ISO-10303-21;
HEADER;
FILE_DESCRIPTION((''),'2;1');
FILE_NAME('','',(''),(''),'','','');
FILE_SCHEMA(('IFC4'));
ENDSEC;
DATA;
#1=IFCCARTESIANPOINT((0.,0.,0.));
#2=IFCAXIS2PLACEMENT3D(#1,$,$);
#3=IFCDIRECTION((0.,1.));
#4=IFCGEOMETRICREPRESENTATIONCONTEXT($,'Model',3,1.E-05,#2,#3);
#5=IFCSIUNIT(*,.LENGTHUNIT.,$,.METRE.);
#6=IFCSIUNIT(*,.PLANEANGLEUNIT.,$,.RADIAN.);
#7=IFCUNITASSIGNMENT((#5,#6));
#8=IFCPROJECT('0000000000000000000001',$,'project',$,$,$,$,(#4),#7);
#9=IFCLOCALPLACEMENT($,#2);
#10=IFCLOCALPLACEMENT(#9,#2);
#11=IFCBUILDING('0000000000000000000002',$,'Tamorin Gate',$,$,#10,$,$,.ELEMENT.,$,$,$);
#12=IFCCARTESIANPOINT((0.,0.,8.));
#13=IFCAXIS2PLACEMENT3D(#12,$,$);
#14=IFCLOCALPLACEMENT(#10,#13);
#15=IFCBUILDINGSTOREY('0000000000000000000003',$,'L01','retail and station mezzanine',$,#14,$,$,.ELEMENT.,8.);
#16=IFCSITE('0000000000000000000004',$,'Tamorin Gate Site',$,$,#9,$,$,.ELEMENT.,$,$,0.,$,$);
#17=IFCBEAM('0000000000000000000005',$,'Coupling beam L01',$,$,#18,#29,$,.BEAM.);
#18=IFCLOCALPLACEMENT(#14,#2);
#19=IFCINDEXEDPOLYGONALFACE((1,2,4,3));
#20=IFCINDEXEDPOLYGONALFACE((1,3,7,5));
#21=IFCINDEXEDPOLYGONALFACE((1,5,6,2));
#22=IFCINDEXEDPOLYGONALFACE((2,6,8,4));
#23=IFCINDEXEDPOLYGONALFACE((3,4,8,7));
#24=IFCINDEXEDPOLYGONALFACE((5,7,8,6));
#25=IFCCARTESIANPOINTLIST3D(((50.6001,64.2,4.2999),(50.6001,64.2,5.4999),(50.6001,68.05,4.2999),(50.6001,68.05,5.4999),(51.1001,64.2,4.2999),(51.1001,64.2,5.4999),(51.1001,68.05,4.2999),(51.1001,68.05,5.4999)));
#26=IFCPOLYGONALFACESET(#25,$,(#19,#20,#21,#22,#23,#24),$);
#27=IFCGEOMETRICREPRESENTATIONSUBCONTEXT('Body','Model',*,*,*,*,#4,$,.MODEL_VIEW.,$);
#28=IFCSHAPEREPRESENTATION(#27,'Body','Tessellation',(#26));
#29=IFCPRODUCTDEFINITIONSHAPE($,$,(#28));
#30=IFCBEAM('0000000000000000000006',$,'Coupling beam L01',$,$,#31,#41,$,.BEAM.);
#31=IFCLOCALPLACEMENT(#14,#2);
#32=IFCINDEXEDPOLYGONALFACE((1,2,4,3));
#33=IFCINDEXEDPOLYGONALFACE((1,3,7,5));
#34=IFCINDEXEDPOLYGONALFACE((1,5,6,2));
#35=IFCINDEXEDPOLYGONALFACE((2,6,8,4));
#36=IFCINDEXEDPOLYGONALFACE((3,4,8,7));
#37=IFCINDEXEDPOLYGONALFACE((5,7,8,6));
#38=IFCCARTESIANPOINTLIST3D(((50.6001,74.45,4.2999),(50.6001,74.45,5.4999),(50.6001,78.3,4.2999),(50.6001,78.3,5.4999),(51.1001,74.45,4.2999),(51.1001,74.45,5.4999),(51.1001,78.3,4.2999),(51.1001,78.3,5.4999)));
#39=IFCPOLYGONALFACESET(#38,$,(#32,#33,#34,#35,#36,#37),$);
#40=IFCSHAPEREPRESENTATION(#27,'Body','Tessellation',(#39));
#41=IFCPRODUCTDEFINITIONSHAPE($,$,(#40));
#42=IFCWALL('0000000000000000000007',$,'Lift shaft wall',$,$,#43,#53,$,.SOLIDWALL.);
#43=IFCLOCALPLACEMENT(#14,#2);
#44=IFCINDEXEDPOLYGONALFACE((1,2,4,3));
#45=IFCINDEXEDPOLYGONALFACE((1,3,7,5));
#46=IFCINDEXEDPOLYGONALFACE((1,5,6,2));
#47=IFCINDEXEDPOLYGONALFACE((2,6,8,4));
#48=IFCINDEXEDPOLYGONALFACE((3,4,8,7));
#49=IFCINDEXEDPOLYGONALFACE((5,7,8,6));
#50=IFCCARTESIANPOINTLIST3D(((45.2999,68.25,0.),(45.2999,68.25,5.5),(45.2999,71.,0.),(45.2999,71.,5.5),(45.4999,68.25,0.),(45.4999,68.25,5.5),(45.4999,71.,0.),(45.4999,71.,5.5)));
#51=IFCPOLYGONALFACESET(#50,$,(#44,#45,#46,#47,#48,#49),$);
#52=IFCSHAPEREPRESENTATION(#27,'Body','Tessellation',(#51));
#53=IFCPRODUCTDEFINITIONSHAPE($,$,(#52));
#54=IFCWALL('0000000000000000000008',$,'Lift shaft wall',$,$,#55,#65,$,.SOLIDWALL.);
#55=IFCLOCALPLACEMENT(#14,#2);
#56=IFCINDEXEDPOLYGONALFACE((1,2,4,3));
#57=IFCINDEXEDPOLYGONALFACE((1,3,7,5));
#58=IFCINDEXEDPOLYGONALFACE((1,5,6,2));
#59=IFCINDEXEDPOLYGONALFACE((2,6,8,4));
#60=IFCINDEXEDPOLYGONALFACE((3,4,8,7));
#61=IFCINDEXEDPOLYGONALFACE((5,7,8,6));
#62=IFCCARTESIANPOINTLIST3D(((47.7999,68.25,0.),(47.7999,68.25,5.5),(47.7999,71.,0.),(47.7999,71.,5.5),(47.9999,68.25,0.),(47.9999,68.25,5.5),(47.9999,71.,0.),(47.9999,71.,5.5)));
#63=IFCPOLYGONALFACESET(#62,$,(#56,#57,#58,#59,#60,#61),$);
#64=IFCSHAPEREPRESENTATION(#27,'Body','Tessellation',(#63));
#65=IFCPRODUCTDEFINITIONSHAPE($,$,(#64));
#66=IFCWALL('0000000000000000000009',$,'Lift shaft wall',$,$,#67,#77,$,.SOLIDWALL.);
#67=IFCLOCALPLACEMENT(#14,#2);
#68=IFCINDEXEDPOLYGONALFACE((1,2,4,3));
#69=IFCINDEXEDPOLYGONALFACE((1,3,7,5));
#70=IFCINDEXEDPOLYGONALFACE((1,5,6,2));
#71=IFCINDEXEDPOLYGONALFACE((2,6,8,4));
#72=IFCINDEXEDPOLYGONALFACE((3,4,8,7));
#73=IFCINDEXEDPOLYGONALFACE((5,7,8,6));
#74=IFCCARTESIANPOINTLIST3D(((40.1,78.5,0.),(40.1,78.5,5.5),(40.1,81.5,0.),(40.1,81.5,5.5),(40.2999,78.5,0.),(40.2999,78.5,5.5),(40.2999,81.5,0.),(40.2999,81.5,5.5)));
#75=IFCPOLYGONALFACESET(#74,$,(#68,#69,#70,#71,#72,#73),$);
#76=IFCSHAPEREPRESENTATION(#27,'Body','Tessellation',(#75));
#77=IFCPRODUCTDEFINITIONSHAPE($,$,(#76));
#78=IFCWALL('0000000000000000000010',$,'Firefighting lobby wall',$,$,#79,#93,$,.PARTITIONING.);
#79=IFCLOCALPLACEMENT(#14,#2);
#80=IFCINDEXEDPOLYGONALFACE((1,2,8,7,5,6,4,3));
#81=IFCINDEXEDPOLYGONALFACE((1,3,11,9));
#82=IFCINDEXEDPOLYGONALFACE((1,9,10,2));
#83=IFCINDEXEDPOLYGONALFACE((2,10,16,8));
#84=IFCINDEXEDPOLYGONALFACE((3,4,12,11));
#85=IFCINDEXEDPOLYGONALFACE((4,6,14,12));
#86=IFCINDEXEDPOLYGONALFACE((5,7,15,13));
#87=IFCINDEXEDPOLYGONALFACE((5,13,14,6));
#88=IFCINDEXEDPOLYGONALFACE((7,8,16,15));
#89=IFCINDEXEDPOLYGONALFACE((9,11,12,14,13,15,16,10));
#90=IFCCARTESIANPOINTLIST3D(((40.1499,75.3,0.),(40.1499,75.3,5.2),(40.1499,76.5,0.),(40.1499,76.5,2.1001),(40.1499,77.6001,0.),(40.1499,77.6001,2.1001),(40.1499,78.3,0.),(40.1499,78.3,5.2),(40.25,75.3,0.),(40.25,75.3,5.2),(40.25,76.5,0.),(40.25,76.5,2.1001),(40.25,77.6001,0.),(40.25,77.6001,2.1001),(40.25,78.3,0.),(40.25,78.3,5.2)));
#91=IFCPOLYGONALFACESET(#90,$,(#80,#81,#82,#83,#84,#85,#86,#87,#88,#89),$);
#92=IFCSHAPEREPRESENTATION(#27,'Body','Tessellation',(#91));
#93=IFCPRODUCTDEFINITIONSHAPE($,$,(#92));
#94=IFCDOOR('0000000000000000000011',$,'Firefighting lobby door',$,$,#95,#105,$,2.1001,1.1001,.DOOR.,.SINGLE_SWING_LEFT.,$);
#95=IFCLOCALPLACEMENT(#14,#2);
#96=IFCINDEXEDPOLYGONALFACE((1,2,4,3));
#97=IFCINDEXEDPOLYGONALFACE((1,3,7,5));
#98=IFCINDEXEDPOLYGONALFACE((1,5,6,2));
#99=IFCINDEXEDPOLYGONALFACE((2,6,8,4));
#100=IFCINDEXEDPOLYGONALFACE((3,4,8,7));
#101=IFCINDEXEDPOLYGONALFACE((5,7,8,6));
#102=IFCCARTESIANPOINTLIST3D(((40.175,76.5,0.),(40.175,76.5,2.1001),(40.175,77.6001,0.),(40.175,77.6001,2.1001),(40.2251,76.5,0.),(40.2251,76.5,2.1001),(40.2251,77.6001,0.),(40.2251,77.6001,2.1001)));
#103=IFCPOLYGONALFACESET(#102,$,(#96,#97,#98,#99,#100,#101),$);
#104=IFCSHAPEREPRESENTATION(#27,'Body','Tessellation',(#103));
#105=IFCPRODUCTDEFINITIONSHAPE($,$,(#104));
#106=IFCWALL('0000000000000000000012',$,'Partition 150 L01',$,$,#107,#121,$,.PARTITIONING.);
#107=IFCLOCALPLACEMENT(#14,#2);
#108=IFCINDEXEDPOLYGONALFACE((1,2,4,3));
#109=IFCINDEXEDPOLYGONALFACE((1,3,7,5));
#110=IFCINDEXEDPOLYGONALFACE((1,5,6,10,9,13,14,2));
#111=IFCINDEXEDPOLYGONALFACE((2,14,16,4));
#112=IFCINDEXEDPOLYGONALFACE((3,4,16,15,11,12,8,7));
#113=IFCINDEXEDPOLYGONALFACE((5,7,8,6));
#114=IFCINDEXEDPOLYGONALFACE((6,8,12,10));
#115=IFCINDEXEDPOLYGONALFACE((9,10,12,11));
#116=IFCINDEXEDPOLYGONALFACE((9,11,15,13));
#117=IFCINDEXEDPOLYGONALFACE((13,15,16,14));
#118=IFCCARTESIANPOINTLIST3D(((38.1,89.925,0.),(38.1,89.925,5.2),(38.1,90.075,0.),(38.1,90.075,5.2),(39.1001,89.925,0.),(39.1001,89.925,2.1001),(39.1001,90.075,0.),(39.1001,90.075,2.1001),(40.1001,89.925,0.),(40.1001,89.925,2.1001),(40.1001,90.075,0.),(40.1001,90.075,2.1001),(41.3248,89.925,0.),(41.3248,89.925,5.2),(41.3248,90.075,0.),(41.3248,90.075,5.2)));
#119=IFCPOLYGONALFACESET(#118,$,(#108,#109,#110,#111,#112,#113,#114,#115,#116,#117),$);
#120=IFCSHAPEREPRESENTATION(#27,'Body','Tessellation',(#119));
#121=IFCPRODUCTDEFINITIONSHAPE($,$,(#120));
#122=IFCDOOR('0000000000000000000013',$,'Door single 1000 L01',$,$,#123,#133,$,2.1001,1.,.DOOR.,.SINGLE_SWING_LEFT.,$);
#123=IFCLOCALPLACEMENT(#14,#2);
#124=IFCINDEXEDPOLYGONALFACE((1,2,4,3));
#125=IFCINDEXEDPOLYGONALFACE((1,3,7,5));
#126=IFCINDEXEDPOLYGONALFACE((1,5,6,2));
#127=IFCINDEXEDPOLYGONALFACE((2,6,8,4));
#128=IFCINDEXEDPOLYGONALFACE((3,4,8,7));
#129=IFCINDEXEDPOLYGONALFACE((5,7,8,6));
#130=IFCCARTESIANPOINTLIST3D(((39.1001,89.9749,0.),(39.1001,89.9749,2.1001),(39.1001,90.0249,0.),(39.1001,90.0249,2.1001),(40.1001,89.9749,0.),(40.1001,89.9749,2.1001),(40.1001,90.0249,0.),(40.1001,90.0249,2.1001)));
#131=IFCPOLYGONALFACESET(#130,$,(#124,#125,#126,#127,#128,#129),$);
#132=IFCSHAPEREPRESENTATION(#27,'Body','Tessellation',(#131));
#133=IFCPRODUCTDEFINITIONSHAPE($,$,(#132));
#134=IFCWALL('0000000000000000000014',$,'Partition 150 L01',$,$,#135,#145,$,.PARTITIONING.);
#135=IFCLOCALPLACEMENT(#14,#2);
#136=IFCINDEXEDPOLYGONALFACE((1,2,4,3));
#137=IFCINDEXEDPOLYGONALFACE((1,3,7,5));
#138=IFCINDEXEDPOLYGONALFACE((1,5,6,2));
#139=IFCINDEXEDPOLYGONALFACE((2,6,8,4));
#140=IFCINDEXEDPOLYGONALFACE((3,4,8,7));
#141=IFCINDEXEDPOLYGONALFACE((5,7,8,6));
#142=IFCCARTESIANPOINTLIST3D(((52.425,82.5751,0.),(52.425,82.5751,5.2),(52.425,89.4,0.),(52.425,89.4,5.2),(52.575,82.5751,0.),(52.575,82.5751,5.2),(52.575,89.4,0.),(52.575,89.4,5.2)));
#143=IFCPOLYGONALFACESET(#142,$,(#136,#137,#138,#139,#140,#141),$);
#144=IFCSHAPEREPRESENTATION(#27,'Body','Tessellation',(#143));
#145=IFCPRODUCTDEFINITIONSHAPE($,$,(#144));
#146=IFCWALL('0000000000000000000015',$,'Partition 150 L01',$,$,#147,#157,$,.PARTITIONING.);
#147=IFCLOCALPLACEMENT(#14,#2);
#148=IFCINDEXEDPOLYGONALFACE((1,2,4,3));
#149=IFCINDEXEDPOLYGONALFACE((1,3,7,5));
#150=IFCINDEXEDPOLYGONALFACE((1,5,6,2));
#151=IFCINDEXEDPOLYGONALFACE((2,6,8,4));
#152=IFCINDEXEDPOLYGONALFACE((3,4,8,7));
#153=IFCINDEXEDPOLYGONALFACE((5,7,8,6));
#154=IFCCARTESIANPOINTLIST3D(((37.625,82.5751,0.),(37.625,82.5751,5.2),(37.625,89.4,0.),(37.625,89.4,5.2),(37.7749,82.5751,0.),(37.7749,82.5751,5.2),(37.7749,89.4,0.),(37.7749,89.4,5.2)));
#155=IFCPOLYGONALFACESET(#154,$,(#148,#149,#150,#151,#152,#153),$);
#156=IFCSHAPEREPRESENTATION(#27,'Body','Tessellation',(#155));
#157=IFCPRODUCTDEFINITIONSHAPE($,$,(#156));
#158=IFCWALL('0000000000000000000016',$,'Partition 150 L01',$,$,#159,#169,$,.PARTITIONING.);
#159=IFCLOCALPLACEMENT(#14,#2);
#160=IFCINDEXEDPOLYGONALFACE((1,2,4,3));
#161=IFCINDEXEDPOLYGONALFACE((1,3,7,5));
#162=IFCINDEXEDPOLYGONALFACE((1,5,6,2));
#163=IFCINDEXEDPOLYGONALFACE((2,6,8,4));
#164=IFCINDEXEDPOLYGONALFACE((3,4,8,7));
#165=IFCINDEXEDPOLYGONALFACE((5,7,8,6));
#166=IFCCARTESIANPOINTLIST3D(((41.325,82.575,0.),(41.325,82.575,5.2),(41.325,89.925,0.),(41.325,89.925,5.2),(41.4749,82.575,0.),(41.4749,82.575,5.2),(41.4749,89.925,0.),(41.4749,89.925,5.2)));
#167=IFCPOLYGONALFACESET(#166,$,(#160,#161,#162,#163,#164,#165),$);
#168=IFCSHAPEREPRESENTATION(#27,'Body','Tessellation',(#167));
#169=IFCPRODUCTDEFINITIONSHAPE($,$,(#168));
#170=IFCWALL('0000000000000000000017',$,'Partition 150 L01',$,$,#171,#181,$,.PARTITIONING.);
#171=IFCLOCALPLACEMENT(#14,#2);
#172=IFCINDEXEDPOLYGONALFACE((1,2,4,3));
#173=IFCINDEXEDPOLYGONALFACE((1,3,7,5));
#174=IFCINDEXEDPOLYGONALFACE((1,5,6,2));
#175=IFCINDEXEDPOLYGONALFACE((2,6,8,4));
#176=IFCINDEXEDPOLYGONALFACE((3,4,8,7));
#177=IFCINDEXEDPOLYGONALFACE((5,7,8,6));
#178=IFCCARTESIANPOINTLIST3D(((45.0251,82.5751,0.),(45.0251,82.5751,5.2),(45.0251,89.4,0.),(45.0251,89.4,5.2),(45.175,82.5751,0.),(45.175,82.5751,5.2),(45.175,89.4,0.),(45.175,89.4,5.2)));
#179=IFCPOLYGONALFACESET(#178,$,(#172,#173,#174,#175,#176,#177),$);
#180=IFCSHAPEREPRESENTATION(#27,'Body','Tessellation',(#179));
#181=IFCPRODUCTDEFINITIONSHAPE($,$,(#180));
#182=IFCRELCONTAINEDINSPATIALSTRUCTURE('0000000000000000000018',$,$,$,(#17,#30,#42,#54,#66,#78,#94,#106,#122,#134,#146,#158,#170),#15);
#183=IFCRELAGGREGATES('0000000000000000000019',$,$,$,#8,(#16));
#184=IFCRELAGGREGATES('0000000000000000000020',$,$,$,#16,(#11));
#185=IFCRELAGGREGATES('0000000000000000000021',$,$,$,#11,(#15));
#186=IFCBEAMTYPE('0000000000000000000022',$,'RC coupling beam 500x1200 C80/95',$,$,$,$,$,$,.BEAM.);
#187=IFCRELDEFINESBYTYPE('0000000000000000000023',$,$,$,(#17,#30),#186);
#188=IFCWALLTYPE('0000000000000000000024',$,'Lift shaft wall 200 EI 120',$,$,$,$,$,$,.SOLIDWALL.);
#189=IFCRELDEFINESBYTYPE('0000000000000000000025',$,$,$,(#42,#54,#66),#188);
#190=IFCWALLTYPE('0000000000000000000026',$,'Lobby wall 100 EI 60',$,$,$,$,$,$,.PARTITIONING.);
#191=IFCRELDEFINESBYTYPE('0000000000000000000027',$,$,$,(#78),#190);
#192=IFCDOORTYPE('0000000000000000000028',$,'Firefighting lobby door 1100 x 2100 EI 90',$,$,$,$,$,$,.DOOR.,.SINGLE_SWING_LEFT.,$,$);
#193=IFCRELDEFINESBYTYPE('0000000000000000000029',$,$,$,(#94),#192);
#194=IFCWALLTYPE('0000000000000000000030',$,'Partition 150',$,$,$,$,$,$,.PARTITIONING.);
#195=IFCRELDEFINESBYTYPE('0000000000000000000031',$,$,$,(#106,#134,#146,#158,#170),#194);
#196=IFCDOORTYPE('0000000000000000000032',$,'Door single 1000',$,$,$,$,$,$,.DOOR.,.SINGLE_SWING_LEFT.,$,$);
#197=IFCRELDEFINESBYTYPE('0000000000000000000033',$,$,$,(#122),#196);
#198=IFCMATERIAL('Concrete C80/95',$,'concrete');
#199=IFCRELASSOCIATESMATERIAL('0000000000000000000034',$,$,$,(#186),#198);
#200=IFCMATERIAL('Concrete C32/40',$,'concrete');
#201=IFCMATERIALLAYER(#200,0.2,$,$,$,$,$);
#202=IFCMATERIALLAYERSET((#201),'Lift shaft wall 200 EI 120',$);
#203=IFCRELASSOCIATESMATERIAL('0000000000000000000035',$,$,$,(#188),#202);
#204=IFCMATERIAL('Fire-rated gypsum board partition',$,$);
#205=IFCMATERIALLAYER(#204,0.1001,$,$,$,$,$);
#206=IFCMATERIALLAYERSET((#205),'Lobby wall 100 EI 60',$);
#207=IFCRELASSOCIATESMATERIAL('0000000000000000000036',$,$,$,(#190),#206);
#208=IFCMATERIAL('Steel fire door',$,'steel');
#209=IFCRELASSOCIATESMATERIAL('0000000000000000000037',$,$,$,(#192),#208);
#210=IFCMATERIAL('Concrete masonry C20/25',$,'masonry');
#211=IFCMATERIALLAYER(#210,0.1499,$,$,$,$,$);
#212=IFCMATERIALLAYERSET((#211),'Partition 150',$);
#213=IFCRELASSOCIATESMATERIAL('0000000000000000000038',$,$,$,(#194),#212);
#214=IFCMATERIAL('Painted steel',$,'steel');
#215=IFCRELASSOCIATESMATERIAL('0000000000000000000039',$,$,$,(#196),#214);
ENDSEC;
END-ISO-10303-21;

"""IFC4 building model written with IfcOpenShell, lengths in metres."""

from ifc_helpers import new_model, si_unit, direction, frame, frame_2d, origin, origin_2d, place, context, subcontext, project, spatial, rectangle, extrude, material, layer, layer_set, material_profile, profile_set, type_object, element, fill, save


model = new_model("IFC4")

# Units and contexts
model_context = context("Model", 3, precision=1e-05, world=origin(), true_north=direction((0.0, 1.0)))
body_context = subcontext(model_context, "Body", "Model", "MODEL_VIEW")
ifc_project = project(units=[si_unit("LENGTHUNIT", "METRE"), si_unit("PLANEANGLEUNIT", "RADIAN")], contexts=[model_context])

# Site, building, storey
site_placement = place(None, origin())
site = spatial("IfcSite", under=ifc_project, at=site_placement, Name="Tamorin Gate Site", CompositionType="ELEMENT", RefElevation=0.0)
building_placement = place(site_placement, origin())
building = spatial("IfcBuilding", under=site, at=building_placement, Name="Tamorin Gate", CompositionType="ELEMENT")
storey_placement = place(building_placement, frame((0.0, 0.0, 8.0)))
storey = spatial("IfcBuildingStorey", under=building, at=storey_placement, Name="L01", Description="retail and station mezzanine", CompositionType="ELEMENT", Elevation=8.0)

# Beams
ifc_material_1 = material(Name="Concrete C80/95", Category="concrete")
ifc_material_profile = material_profile(ifc_material_1, rectangle(XDim=0.5, YDim=1.2, at=origin_2d()), Name="RC 500x1200")
ifc_profile_set = profile_set([ifc_material_profile], Name="Concrete C80/95")
beam_type = type_object("IfcBeamType", Name="RC coupling beam 500x1200 C80/95", PredefinedType="BEAM", material=ifc_profile_set)
for number, where, z_axis, x_axis, name in (
    (1, (50.8501, 64.2, 4.8999), (0.0, 1.0, 0.0), (-1.0, 0.0, 0.0), "Coupling beam L01"),
    (2, (50.8501, 74.45, 4.8999), (0.0, 1.0, 0.0), (-1.0, 0.0, 0.0), "Coupling beam L01"),
):
    element("IfcBeam", number, at=place(storey_placement, frame(where, z_axis=z_axis, x_axis=x_axis)), inside=storey, type_object=beam_type, Name=name, PredefinedType="BEAM", context=body_context, shape_type="SweptSolid", body=[
        extrude(rectangle(XDim=0.5, YDim=1.2, at=origin_2d()), origin(), (0.0, 0.0, 1.0), 3.8501),
    ])

# Walls
ifc_material_2 = material(Name="Concrete C32/40", Category="concrete")
ifc_layer_1 = layer(ifc_material_2, 0.2)
ifc_layer_set_1 = layer_set([ifc_layer_1], Name="Lift shaft wall 200 EI 120")
wall_type_1 = type_object("IfcWallType", Name="Lift shaft wall 200 EI 120", PredefinedType="SOLIDWALL", material=ifc_layer_set_1)
for number, where, z_axis, x_axis, name in (
    (3, (45.3999, 68.25, 0.0), (0.0, 0.0, 1.0), (0.0, 1.0, 0.0), "Lift shaft wall"),
    (4, (47.8999, 68.25, 0.0), (0.0, 0.0, 1.0), (0.0, 1.0, 0.0), "Lift shaft wall"),
):
    element("IfcWall", number, at=place(storey_placement, frame(where, z_axis=z_axis, x_axis=x_axis)), inside=storey, type_object=wall_type_1, Name=name, PredefinedType="SOLIDWALL", context=body_context, shape_type="SweptSolid", body=[
        extrude(rectangle(XDim=2.75, YDim=0.2, at=frame_2d((1.375, 0.0))), origin(), (0.0, 0.0, 1.0), 5.5),
    ])
wall_1_placement = place(storey_placement, frame((40.2, 78.5, 0.0), z_axis=(0.0, 0.0, 1.0), x_axis=(0.0, 1.0, 0.0)))
element("IfcWall", 5, at=wall_1_placement, inside=storey, type_object=wall_type_1, Name="Lift shaft wall", PredefinedType="SOLIDWALL", context=body_context, shape_type="SweptSolid", body=[
    extrude(rectangle(XDim=3.0, YDim=0.2, at=frame_2d((1.5, 0.0))), origin(), (0.0, 0.0, 1.0), 5.5),
])

# Walls, openings, doors
ifc_material_3 = material(Name="Fire-rated gypsum board partition")
ifc_layer_2 = layer(ifc_material_3, 0.1001)
ifc_layer_set_2 = layer_set([ifc_layer_2], Name="Lobby wall 100 EI 60")
wall_type_2 = type_object("IfcWallType", Name="Lobby wall 100 EI 60", PredefinedType="PARTITIONING", material=ifc_layer_set_2)
wall_2_placement = place(storey_placement, frame((40.2, 75.3, 0.0), z_axis=(0.0, 0.0, 1.0), x_axis=(0.0, 1.0, 0.0)))
wall_2 = element("IfcWall", 6, at=wall_2_placement, inside=storey, type_object=wall_type_2, Name="Firefighting lobby wall", PredefinedType="PARTITIONING", context=body_context, shape_type="SweptSolid", body=[
    extrude(rectangle(XDim=3.0, YDim=0.1001, at=frame_2d((1.5, 0.0))), origin(), (0.0, 0.0, 1.0), 5.2),
])
opening_1_placement = place(wall_2_placement, frame((1.2, 0.0, 0.0)))
opening_1 = element("IfcOpeningElement", 7, at=opening_1_placement, cuts=wall_2, PredefinedType="OPENING", context=body_context, shape_type="SweptSolid", body=[
    extrude(rectangle(XDim=1.1001, YDim=2.1001, at=frame_2d((0.55, 1.05))), frame((0.0, 0.0601, 0.0), z_axis=(0.0, -1.0, 0.0), x_axis=(1.0, 0.0, 0.0)), (0.0, 0.0, 1.0), 0.1201),
])
ifc_material_4 = material(Name="Steel fire door", Category="steel")
door_type_1 = type_object("IfcDoorType", Name="Firefighting lobby door 1100 x 2100 EI 90", OperationType="SINGLE_SWING_LEFT", PredefinedType="DOOR", material=ifc_material_4)
door_1_placement = place(opening_1_placement, origin())
door_1 = element("IfcDoor", 8, at=door_1_placement, inside=storey, type_object=door_type_1, Name="Firefighting lobby door", OperationType="SINGLE_SWING_LEFT", OverallHeight=2.1001, OverallWidth=1.1001, PredefinedType="DOOR", context=body_context, shape_type="SweptSolid", body=[
    extrude(rectangle(XDim=1.1001, YDim=2.1001, at=frame_2d((0.55, 1.05))), frame((0.0, 0.0249, 0.0), z_axis=(0.0, -1.0, 0.0), x_axis=(1.0, 0.0, 0.0)), (0.0, 0.0, 1.0), 0.05),
])
fill(opening_1, door_1)
ifc_material_5 = material(Name="Concrete masonry C20/25", Category="masonry")
ifc_layer_3 = layer(ifc_material_5, 0.1499)
ifc_layer_set_3 = layer_set([ifc_layer_3], Name="Partition 150")
wall_type_3 = type_object("IfcWallType", Name="Partition 150", PredefinedType="PARTITIONING", material=ifc_layer_set_3)
wall_3_placement = place(storey_placement, frame((38.1001, 90.0, 0.0), z_axis=(0.0, 0.0, 1.0), x_axis=(1.0, 0.0, 0.0)))
wall_3 = element("IfcWall", 9, at=wall_3_placement, inside=storey, type_object=wall_type_3, Name="Partition 150 L01", PredefinedType="PARTITIONING", context=body_context, shape_type="SweptSolid", body=[
    extrude(rectangle(XDim=3.2249, YDim=0.1499, at=frame_2d((1.6123, 0.0))), origin(), (0.0, 0.0, 1.0), 5.2),
])
opening_2_placement = place(wall_3_placement, frame((1.0, 0.0, 0.0)))
opening_2 = element("IfcOpeningElement", 10, at=opening_2_placement, cuts=wall_3, PredefinedType="OPENING", context=body_context, shape_type="SweptSolid", body=[
    extrude(rectangle(XDim=1.0, YDim=2.1001, at=frame_2d((0.5, 1.05))), frame((0.0, 0.085, 0.0), z_axis=(0.0, -1.0, 0.0), x_axis=(1.0, 0.0, 0.0)), (0.0, 0.0, 1.0), 0.1699),
])
ifc_material_6 = material(Name="Painted steel", Category="steel")
door_type_2 = type_object("IfcDoorType", Name="Door single 1000", OperationType="SINGLE_SWING_LEFT", PredefinedType="DOOR", material=ifc_material_6)
door_2_placement = place(opening_2_placement, origin())
door_2 = element("IfcDoor", 11, at=door_2_placement, inside=storey, type_object=door_type_2, Name="Door single 1000 L01", OperationType="SINGLE_SWING_LEFT", OverallHeight=2.1001, OverallWidth=1.0, PredefinedType="DOOR", context=body_context, shape_type="SweptSolid", body=[
    extrude(rectangle(XDim=1.0, YDim=2.1001, at=frame_2d((0.5, 1.05))), frame((0.0, 0.0249, 0.0), z_axis=(0.0, -1.0, 0.0), x_axis=(1.0, 0.0, 0.0)), (0.0, 0.0, 1.0), 0.05),
])
fill(opening_2, door_2)

# Walls
for number, where, z_axis, x_axis, name in (
    (12, (52.5, 82.575, 0.0), (0.0, 0.0, 1.0), (0.0, 1.0, 0.0), "Partition 150 L01"),
    (13, (37.7, 82.575, 0.0), (0.0, 0.0, 1.0), (0.0, 1.0, 0.0), "Partition 150 L01"),
):
    element("IfcWall", number, at=place(storey_placement, frame(where, z_axis=z_axis, x_axis=x_axis)), inside=storey, type_object=wall_type_3, Name=name, PredefinedType="PARTITIONING", context=body_context, shape_type="SweptSolid", body=[
        extrude(rectangle(XDim=6.825, YDim=0.1499, at=frame_2d((3.4126, 0.0))), origin(), (0.0, 0.0, 1.0), 5.2),
    ])
wall_4_placement = place(storey_placement, frame((41.3999, 82.575, 0.0), z_axis=(0.0, 0.0, 1.0), x_axis=(0.0, 1.0, 0.0)))
element("IfcWall", 14, at=wall_4_placement, inside=storey, type_object=wall_type_3, Name="Partition 150 L01", PredefinedType="PARTITIONING", context=body_context, shape_type="SweptSolid", body=[
    extrude(rectangle(XDim=7.3501, YDim=0.1499, at=frame_2d((3.675, 0.0))), origin(), (0.0, 0.0, 1.0), 5.2),
])
wall_5_placement = place(storey_placement, frame((45.1001, 82.575, 0.0), z_axis=(0.0, 0.0, 1.0), x_axis=(0.0, 1.0, 0.0)))
element("IfcWall", 15, at=wall_5_placement, inside=storey, type_object=wall_type_3, Name="Partition 150 L01", PredefinedType="PARTITIONING", context=body_context, shape_type="SweptSolid", body=[
    extrude(rectangle(XDim=6.825, YDim=0.1499, at=frame_2d((3.4126, 0.0))), origin(), (0.0, 0.0, 1.0), 5.2),
])

save(model, "model.ifc")
